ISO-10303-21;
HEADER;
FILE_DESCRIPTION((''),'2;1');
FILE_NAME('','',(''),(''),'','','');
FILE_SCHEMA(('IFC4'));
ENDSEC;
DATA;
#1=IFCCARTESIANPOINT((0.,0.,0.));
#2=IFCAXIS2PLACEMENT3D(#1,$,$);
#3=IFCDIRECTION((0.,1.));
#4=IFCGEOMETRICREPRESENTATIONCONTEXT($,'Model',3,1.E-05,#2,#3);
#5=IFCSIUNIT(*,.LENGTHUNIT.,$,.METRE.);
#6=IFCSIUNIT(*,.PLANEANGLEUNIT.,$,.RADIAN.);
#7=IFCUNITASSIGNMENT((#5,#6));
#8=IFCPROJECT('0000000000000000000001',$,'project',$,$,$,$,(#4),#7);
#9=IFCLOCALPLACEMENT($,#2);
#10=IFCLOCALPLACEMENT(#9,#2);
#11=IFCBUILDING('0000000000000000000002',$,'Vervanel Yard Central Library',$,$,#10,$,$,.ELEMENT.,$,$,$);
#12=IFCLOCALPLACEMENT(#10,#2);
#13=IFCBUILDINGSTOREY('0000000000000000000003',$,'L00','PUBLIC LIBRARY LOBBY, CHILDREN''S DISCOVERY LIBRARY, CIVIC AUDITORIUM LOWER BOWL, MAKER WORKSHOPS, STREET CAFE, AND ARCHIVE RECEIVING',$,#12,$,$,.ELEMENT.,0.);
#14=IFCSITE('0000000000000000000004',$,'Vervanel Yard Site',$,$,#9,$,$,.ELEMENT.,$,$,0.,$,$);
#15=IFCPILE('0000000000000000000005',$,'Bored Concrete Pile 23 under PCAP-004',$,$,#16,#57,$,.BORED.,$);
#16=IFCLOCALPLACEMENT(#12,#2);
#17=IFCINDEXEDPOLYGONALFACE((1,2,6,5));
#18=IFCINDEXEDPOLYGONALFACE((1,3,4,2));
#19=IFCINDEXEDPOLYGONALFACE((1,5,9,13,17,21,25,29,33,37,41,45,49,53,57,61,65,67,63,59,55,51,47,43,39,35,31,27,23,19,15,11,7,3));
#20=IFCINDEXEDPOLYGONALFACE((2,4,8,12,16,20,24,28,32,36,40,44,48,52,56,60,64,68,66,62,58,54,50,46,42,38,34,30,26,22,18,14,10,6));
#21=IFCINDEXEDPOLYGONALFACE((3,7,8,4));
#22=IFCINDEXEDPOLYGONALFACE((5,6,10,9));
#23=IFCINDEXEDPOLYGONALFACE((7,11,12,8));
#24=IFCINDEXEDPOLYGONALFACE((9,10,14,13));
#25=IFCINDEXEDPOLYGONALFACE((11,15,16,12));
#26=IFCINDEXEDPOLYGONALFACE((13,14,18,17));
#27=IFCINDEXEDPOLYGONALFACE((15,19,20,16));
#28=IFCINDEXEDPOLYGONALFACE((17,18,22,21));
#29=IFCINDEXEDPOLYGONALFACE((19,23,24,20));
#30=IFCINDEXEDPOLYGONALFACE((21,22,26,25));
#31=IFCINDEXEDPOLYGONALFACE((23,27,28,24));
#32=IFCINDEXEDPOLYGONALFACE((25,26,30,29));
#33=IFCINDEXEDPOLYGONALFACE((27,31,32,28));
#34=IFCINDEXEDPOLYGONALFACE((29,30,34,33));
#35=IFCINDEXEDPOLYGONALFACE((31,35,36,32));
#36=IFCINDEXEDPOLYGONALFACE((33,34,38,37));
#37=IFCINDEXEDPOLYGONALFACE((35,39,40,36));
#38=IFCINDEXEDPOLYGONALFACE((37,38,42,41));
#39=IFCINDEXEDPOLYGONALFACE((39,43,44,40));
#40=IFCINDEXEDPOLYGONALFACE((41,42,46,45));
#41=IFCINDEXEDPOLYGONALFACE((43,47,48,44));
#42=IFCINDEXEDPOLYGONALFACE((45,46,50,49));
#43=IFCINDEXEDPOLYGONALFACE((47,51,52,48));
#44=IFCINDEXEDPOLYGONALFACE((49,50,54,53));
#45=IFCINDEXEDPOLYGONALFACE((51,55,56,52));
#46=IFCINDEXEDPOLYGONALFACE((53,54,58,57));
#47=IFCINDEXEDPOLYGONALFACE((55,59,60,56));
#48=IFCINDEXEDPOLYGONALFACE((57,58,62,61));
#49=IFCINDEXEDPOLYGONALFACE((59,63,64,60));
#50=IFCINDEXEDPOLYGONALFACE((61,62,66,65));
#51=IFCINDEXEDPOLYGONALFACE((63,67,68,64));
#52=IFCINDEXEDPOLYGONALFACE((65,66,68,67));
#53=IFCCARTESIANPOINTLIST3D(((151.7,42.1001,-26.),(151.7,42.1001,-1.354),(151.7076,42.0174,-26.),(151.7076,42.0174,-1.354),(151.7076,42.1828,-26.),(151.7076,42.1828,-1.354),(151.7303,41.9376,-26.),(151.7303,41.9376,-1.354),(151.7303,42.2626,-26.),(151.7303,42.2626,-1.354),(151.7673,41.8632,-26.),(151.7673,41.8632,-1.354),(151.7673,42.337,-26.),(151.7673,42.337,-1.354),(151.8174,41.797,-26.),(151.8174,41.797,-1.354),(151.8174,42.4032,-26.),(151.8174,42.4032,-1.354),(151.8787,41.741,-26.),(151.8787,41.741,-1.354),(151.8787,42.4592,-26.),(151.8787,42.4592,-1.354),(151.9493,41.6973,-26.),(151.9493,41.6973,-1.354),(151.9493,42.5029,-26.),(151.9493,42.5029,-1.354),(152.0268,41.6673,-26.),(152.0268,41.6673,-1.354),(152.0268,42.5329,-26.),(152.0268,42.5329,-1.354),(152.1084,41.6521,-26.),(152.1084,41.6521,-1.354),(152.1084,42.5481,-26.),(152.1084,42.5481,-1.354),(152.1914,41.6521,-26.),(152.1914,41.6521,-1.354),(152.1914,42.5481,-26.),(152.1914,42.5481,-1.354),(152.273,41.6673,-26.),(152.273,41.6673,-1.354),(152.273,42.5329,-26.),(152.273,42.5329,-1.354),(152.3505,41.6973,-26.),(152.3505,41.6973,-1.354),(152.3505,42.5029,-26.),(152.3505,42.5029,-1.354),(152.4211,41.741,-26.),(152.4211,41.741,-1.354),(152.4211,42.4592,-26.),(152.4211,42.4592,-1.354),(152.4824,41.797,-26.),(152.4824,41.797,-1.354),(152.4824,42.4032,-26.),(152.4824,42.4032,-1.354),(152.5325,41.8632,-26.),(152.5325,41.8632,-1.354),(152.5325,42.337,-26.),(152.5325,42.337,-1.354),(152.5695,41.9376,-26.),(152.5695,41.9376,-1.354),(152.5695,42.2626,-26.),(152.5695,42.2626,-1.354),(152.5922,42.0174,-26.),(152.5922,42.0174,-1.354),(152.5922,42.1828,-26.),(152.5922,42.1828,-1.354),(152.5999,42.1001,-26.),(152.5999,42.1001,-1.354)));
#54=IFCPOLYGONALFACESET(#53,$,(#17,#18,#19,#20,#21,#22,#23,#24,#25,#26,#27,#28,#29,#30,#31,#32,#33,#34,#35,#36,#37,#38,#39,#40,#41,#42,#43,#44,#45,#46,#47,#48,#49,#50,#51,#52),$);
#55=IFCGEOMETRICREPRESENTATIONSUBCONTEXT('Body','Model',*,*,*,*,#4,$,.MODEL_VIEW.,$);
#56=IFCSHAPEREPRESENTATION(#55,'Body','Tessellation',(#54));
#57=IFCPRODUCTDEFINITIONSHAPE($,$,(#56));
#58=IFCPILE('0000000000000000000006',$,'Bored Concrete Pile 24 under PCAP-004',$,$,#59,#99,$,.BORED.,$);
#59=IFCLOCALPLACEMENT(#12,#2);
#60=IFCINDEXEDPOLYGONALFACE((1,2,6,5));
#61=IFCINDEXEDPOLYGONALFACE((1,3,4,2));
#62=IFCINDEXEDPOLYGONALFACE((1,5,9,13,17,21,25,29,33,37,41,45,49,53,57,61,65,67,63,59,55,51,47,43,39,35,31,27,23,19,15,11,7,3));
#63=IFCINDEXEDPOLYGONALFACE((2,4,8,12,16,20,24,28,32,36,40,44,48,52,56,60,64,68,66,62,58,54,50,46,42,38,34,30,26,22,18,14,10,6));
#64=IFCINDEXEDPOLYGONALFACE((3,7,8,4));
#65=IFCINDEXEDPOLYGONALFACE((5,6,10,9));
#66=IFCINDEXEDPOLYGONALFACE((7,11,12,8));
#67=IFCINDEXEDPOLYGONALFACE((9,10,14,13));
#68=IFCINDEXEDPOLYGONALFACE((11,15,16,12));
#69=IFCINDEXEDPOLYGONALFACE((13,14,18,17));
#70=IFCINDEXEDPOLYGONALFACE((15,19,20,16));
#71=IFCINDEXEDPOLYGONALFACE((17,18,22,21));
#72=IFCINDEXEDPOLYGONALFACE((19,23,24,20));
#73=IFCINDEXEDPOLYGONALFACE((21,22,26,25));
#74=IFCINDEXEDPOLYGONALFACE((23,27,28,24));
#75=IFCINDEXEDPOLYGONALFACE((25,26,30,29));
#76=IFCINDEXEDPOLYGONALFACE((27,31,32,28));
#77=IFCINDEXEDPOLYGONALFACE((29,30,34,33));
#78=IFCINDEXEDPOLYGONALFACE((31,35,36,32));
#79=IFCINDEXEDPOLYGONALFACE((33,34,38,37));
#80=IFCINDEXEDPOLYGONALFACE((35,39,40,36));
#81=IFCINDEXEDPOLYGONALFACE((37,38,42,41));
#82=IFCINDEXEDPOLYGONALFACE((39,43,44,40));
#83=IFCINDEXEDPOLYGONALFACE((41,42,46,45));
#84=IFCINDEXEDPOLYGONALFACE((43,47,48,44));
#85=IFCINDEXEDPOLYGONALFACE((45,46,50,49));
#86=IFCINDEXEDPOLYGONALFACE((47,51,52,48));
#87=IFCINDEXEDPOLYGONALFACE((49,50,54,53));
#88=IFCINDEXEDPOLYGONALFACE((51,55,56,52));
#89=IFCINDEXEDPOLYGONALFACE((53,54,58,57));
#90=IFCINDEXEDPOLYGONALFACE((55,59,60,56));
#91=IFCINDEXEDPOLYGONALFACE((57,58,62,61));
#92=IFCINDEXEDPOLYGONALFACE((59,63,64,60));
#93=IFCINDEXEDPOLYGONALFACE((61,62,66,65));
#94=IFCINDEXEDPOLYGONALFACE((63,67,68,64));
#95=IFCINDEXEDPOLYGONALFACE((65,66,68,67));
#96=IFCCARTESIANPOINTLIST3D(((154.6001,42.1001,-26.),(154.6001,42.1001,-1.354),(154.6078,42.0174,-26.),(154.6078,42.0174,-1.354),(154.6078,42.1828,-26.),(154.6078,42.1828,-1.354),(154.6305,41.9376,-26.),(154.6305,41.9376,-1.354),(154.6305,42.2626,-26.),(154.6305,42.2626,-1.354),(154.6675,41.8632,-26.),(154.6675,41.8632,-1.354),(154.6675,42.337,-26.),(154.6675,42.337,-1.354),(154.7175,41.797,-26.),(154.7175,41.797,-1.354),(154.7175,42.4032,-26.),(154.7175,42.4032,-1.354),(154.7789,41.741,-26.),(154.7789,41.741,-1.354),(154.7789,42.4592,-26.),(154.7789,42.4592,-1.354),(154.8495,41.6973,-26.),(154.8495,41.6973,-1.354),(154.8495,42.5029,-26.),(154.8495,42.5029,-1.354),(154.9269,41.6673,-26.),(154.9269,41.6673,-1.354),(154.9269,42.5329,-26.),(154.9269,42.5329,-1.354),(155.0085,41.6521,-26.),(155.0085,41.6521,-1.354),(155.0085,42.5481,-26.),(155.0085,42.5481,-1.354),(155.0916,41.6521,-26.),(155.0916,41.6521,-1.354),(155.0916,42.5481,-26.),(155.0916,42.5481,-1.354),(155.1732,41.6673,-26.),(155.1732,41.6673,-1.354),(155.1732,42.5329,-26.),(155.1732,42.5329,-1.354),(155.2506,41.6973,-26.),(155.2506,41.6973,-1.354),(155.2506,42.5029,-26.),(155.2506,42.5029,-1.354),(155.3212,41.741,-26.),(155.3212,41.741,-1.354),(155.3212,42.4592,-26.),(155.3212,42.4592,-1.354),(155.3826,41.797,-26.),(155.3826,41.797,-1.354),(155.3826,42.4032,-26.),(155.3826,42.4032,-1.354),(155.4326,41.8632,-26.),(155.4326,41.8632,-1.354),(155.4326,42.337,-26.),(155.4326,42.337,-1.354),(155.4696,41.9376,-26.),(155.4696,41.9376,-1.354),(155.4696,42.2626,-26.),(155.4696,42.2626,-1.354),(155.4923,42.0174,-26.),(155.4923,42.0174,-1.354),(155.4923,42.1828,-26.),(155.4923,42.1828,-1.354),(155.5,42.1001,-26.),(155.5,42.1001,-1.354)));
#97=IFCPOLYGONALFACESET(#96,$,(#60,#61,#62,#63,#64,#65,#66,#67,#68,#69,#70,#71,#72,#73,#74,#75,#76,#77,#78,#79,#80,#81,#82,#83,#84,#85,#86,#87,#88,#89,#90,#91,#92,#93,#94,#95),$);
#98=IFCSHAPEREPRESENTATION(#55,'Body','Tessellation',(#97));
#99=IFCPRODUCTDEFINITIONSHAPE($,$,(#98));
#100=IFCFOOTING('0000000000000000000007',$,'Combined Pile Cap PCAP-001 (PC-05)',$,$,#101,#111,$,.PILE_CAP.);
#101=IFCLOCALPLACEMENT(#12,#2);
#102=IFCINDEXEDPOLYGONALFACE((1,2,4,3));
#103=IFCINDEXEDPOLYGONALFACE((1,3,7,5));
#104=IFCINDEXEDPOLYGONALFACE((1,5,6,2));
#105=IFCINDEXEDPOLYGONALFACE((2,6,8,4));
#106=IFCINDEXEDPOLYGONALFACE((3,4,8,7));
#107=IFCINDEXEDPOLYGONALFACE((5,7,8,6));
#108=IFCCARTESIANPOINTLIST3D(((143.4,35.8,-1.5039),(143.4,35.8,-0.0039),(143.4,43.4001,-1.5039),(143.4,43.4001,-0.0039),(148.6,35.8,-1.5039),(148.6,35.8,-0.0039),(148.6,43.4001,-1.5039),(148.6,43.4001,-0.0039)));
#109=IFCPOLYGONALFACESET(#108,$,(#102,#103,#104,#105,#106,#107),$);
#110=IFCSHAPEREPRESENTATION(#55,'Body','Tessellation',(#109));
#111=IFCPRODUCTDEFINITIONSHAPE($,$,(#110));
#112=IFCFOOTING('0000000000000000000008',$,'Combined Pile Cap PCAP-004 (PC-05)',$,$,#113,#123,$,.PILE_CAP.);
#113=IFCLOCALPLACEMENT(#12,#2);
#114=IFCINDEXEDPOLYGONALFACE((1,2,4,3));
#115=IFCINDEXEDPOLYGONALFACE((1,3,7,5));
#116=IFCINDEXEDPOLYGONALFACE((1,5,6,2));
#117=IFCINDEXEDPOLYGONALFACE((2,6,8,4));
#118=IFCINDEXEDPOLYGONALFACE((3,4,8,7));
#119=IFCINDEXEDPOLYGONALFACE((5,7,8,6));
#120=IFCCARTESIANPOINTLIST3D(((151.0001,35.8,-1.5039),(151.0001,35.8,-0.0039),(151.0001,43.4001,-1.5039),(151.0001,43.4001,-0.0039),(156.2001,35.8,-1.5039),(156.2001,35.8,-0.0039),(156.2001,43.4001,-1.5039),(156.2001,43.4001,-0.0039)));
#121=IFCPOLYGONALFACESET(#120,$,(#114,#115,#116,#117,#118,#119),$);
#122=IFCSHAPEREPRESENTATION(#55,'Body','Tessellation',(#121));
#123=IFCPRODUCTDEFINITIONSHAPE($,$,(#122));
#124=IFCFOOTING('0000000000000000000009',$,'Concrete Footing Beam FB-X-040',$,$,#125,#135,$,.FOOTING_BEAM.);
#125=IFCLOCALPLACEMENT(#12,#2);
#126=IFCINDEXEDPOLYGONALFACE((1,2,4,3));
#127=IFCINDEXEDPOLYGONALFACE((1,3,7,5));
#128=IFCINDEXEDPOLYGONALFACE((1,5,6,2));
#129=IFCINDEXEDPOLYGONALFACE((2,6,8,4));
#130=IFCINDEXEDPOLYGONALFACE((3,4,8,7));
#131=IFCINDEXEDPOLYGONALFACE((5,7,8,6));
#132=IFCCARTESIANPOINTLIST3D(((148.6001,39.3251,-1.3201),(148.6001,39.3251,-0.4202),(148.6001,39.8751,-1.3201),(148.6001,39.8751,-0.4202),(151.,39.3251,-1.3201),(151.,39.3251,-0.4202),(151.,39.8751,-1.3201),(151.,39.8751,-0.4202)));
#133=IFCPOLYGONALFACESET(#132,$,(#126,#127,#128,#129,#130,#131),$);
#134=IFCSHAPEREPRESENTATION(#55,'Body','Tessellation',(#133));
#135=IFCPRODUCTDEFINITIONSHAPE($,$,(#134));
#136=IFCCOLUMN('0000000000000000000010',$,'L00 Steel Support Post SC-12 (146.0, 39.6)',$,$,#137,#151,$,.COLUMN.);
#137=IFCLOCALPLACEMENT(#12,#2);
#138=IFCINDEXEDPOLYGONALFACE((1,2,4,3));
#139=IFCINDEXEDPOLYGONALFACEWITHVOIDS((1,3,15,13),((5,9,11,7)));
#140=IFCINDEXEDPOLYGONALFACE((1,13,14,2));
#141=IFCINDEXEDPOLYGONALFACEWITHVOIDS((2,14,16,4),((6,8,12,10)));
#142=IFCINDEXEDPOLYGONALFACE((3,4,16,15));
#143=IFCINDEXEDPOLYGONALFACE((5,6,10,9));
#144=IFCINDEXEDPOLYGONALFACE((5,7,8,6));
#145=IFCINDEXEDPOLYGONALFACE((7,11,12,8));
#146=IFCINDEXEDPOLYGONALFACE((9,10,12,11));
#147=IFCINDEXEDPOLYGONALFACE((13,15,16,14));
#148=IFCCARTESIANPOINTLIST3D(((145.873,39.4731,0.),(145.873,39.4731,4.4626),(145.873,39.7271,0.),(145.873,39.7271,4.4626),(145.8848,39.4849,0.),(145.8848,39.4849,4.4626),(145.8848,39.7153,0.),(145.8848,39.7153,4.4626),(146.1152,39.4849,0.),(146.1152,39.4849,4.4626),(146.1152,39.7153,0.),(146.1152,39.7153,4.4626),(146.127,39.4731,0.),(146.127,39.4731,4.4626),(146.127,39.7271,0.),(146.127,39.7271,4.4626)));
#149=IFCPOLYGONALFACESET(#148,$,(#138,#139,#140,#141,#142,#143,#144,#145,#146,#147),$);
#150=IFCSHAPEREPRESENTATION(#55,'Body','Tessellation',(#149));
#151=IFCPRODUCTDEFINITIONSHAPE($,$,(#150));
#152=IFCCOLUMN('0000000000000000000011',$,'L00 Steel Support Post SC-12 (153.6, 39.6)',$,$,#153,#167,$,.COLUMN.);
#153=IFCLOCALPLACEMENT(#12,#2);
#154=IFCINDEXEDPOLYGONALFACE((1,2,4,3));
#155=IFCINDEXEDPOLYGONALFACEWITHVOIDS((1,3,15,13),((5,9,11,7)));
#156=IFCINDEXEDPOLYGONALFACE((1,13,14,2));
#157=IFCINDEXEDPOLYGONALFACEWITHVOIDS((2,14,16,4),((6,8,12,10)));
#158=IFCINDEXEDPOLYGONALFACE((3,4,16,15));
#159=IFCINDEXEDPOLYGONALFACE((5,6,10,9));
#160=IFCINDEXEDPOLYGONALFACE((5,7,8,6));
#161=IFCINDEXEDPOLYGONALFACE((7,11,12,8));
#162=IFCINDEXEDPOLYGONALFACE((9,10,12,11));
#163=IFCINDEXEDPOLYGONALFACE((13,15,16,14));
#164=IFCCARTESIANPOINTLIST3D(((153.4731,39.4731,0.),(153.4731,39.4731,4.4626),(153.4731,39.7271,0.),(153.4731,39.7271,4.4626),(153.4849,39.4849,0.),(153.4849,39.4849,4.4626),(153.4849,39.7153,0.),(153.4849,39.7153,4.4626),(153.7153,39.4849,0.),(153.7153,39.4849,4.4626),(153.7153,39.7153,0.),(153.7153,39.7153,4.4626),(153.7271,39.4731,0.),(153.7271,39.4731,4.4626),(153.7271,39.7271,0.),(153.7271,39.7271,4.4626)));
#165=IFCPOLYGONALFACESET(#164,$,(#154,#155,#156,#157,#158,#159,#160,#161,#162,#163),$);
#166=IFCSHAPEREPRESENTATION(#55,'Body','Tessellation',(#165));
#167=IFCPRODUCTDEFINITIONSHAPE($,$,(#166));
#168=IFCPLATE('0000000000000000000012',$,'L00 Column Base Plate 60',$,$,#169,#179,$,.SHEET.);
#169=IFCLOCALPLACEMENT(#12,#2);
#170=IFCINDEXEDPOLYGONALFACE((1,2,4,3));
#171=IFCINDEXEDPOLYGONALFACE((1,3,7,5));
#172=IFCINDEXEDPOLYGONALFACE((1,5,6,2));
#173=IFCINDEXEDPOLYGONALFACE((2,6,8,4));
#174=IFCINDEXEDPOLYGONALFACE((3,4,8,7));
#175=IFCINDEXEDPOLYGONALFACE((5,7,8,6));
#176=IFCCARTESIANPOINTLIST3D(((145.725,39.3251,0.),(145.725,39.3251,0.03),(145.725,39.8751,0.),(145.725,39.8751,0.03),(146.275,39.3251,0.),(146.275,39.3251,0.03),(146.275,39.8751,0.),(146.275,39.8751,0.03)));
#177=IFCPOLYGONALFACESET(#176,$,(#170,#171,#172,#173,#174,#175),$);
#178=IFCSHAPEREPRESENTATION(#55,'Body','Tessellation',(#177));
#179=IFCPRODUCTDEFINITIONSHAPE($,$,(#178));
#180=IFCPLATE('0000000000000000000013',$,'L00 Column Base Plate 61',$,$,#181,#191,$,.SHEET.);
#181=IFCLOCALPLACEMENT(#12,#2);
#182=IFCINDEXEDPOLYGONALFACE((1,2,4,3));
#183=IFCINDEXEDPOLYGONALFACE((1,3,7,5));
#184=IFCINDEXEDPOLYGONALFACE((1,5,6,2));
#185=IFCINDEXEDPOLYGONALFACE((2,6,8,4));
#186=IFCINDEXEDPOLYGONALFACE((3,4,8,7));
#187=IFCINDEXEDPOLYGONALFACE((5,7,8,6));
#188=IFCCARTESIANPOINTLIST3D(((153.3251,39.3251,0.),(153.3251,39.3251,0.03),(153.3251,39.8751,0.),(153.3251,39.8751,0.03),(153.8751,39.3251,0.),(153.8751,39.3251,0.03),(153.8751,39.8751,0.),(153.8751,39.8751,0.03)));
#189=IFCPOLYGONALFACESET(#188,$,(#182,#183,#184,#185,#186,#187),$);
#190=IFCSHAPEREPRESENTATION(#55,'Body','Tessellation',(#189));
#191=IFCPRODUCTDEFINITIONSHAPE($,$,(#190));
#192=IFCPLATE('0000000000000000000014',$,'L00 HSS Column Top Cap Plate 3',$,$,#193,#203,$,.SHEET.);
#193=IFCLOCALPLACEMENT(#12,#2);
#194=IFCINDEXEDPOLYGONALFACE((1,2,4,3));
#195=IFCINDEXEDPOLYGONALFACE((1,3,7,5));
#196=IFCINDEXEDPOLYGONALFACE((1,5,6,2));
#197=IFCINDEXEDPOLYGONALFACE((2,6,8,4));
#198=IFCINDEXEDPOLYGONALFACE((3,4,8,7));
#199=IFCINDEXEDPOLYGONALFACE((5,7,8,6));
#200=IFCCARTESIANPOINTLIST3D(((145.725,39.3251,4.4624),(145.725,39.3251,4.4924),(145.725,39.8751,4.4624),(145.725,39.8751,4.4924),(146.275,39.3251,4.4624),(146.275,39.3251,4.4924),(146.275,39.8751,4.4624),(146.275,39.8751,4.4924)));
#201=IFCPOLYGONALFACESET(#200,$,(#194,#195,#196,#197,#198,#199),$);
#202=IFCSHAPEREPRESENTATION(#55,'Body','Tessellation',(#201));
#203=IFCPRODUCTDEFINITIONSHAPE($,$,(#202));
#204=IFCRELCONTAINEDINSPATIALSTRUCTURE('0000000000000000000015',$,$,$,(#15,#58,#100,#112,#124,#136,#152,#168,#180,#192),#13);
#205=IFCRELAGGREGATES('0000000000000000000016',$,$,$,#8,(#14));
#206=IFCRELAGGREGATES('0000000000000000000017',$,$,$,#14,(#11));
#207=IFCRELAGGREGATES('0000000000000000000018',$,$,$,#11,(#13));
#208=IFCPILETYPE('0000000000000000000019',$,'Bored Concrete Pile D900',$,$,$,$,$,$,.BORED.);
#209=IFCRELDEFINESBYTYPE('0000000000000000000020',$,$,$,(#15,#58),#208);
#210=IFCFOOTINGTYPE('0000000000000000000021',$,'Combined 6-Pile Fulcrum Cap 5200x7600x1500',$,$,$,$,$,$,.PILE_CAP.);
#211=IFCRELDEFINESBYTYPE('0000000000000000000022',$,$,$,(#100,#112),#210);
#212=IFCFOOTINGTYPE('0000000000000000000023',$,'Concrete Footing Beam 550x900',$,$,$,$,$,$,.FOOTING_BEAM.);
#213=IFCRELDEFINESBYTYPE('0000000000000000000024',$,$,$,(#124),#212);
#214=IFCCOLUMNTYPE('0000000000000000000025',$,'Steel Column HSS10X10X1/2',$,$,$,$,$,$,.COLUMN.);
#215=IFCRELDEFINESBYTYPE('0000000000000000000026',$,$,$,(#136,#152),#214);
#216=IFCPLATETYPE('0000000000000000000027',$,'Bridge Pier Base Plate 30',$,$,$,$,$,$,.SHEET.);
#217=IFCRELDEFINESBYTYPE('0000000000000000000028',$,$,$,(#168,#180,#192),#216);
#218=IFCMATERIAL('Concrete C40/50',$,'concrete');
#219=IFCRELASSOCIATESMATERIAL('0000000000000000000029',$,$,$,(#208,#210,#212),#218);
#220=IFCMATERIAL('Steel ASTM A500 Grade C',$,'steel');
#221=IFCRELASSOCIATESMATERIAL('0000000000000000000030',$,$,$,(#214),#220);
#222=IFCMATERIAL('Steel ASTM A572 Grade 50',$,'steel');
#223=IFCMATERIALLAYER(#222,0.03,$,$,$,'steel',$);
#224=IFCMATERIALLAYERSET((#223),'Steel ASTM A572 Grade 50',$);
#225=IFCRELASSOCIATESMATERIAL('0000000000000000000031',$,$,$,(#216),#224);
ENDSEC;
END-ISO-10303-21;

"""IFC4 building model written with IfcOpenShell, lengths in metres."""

from ifc_helpers import new_model, si_unit, direction, frame, origin, origin_2d, place, context, subcontext, project, spatial, rectangle, hollow_rectangle, circle, extrude, material, layer, layer_set, material_profile, profile_set, type_object, element, save


model = new_model("IFC4")

# Units and contexts
model_context = context("Model", 3, precision=1e-05, world=origin(), true_north=direction((0.0, 1.0)))
body_context = subcontext(model_context, "Body", "Model", "MODEL_VIEW")
ifc_project = project(units=[si_unit("LENGTHUNIT", "METRE"), si_unit("PLANEANGLEUNIT", "RADIAN")], contexts=[model_context])

# Site, building, storey
site_placement = place(None, origin())
site = spatial("IfcSite", under=ifc_project, at=site_placement, Name="Vervanel Yard Site", CompositionType="ELEMENT", RefElevation=0.0)
building_placement = place(site_placement, origin())
building = spatial("IfcBuilding", under=site, at=building_placement, Name="Vervanel Yard Central Library", CompositionType="ELEMENT")
storey_placement = place(building_placement, origin())
storey = spatial("IfcBuildingStorey", under=building, at=storey_placement, Name="L00", Description="PUBLIC LIBRARY LOBBY, CHILDREN'S DISCOVERY LIBRARY, CIVIC AUDITORIUM LOWER BOWL, MAKER WORKSHOPS, STREET CAFE, AND ARCHIVE RECEIVING", CompositionType="ELEMENT", Elevation=0.0)

# Piles
ifc_material_1 = material(Name="Concrete C40/50", Category="concrete")
ifc_material_profile_1 = material_profile(ifc_material_1, circle(Radius=0.45, at=origin_2d()), Name="BP D900", Category="concrete")
ifc_profile_set_1 = profile_set([ifc_material_profile_1], Name="Concrete C40/50")
pile_type = type_object("IfcPileType", Name="Bored Concrete Pile D900", PredefinedType="BORED", material=ifc_profile_set_1)
for number, where, z_axis, x_axis, name in (
    (1, (152.1499, 42.1001, -1.354), (0.0, 0.0, -1.0), (1.0, 0.0, 0.0), "Bored Concrete Pile 23 under PCAP-004"),
    (2, (155.05, 42.1001, -1.354), (0.0, 0.0, -1.0), (1.0, 0.0, 0.0), "Bored Concrete Pile 24 under PCAP-004"),
):
    element("IfcPile", number, at=place(storey_placement, frame(where, z_axis=z_axis, x_axis=x_axis)), inside=storey, type_object=pile_type, Name=name, PredefinedType="BORED", context=body_context, shape_type="SweptSolid", body=[
        extrude(circle(Radius=0.45, at=origin_2d()), origin(), (0.0, 0.0, 1.0), 24.646),
    ])

# Footings
footing_type_1 = type_object("IfcFootingType", Name="Combined 6-Pile Fulcrum Cap 5200x7600x1500", PredefinedType="PILE_CAP", material=ifc_material_1)
for number, where, z_axis, x_axis, name in (
    (3, (146.0, 39.6001, -1.5039), (0.0, 0.0, 1.0), (1.0, 0.0, 0.0), "Combined Pile Cap PCAP-001 (PC-05)"),
    (4, (153.6001, 39.6001, -1.5039), (0.0, 0.0, 1.0), (1.0, 0.0, 0.0), "Combined Pile Cap PCAP-004 (PC-05)"),
):
    element("IfcFooting", number, at=place(storey_placement, frame(where, z_axis=z_axis, x_axis=x_axis)), inside=storey, type_object=footing_type_1, Name=name, PredefinedType="PILE_CAP", context=body_context, shape_type="SweptSolid", body=[
        extrude(rectangle(XDim=5.2, YDim=7.6001, at=origin_2d()), origin(), (0.0, 0.0, 1.0), 1.5),
    ])
ifc_material_profile_2 = material_profile(ifc_material_1, rectangle(XDim=0.55, YDim=0.8999, at=origin_2d()), Name="RC 550x900", Category="concrete")
ifc_profile_set_2 = profile_set([ifc_material_profile_2], Name="Concrete C40/50")
footing_type_2 = type_object("IfcFootingType", Name="Concrete Footing Beam 550x900", PredefinedType="FOOTING_BEAM", material=ifc_profile_set_2)
footing_placement = place(storey_placement, frame((148.6001, 39.6001, -0.8701), z_axis=(1.0, 0.0, 0.0), x_axis=(0.0, 1.0, 0.0)))
element("IfcFooting", 5, at=footing_placement, inside=storey, type_object=footing_type_2, Name="Concrete Footing Beam FB-X-040", PredefinedType="FOOTING_BEAM", context=body_context, shape_type="SweptSolid", body=[
    extrude(rectangle(XDim=0.55, YDim=0.8999, at=origin_2d()), origin(), (0.0, 0.0, 1.0), 2.3999),
])

# Columns
ifc_material_2 = material(Name="Steel ASTM A500 Grade C", Category="steel")
ifc_material_profile_3 = material_profile(ifc_material_2, hollow_rectangle(XDim=0.2539, YDim=0.2539, WallThickness=0.0117, at=origin_2d()), Name="HSS10X10X1/2", Category="steel")
ifc_profile_set_3 = profile_set([ifc_material_profile_3], Name="Steel ASTM A500 Grade C")
column_type = type_object("IfcColumnType", Name="Steel Column HSS10X10X1/2", PredefinedType="COLUMN", material=ifc_profile_set_3)
for number, where, z_axis, x_axis, name in (
    (6, (146.0, 39.6001, 0.0), (0.0, 0.0, 1.0), (1.0, 0.0, 0.0), "L00 Steel Support Post SC-12 (146.0, 39.6)"),
    (7, (153.6001, 39.6001, 0.0), (0.0, 0.0, 1.0), (1.0, 0.0, 0.0), "L00 Steel Support Post SC-12 (153.6, 39.6)"),
):
    element("IfcColumn", number, at=place(storey_placement, frame(where, z_axis=z_axis, x_axis=x_axis)), inside=storey, type_object=column_type, Name=name, PredefinedType="COLUMN", context=body_context, shape_type="SweptSolid", body=[
        extrude(hollow_rectangle(XDim=0.2539, YDim=0.2539, WallThickness=0.0117, at=origin_2d()), origin(), (0.0, 0.0, 1.0), 4.4626),
    ])

# Plates
ifc_material_3 = material(Name="Steel ASTM A572 Grade 50", Category="steel")
ifc_layer_1 = layer(ifc_material_3, 0.03, Category="steel")
ifc_layer_set_1 = layer_set([ifc_layer_1], Name="Steel ASTM A572 Grade 50")
plate_type = type_object("IfcPlateType", Name="Bridge Pier Base Plate 30", PredefinedType="SHEET", material=ifc_layer_set_1)
for number, where, z_axis, x_axis, name in (
    (8, (146.0, 39.6001, 0.0), (0.0, 0.0, 1.0), (1.0, 0.0, 0.0), "L00 Column Base Plate 60"),
    (9, (153.6001, 39.6001, 0.0), (0.0, 0.0, 1.0), (1.0, 0.0, 0.0), "L00 Column Base Plate 61"),
    (10, (146.0, 39.6001, 4.4624), (0.0, 0.0, 1.0), (1.0, 0.0, 0.0), "L00 HSS Column Top Cap Plate 3"),
):
    element("IfcPlate", number, at=place(storey_placement, frame(where, z_axis=z_axis, x_axis=x_axis)), inside=storey, type_object=plate_type, Name=name, PredefinedType="SHEET", context=body_context, shape_type="SweptSolid", body=[
        extrude(rectangle(XDim=0.55, YDim=0.55, at=origin_2d()), origin(), (0.0, 0.0, 1.0), 0.03),
    ])

save(model, "model.ifc")
